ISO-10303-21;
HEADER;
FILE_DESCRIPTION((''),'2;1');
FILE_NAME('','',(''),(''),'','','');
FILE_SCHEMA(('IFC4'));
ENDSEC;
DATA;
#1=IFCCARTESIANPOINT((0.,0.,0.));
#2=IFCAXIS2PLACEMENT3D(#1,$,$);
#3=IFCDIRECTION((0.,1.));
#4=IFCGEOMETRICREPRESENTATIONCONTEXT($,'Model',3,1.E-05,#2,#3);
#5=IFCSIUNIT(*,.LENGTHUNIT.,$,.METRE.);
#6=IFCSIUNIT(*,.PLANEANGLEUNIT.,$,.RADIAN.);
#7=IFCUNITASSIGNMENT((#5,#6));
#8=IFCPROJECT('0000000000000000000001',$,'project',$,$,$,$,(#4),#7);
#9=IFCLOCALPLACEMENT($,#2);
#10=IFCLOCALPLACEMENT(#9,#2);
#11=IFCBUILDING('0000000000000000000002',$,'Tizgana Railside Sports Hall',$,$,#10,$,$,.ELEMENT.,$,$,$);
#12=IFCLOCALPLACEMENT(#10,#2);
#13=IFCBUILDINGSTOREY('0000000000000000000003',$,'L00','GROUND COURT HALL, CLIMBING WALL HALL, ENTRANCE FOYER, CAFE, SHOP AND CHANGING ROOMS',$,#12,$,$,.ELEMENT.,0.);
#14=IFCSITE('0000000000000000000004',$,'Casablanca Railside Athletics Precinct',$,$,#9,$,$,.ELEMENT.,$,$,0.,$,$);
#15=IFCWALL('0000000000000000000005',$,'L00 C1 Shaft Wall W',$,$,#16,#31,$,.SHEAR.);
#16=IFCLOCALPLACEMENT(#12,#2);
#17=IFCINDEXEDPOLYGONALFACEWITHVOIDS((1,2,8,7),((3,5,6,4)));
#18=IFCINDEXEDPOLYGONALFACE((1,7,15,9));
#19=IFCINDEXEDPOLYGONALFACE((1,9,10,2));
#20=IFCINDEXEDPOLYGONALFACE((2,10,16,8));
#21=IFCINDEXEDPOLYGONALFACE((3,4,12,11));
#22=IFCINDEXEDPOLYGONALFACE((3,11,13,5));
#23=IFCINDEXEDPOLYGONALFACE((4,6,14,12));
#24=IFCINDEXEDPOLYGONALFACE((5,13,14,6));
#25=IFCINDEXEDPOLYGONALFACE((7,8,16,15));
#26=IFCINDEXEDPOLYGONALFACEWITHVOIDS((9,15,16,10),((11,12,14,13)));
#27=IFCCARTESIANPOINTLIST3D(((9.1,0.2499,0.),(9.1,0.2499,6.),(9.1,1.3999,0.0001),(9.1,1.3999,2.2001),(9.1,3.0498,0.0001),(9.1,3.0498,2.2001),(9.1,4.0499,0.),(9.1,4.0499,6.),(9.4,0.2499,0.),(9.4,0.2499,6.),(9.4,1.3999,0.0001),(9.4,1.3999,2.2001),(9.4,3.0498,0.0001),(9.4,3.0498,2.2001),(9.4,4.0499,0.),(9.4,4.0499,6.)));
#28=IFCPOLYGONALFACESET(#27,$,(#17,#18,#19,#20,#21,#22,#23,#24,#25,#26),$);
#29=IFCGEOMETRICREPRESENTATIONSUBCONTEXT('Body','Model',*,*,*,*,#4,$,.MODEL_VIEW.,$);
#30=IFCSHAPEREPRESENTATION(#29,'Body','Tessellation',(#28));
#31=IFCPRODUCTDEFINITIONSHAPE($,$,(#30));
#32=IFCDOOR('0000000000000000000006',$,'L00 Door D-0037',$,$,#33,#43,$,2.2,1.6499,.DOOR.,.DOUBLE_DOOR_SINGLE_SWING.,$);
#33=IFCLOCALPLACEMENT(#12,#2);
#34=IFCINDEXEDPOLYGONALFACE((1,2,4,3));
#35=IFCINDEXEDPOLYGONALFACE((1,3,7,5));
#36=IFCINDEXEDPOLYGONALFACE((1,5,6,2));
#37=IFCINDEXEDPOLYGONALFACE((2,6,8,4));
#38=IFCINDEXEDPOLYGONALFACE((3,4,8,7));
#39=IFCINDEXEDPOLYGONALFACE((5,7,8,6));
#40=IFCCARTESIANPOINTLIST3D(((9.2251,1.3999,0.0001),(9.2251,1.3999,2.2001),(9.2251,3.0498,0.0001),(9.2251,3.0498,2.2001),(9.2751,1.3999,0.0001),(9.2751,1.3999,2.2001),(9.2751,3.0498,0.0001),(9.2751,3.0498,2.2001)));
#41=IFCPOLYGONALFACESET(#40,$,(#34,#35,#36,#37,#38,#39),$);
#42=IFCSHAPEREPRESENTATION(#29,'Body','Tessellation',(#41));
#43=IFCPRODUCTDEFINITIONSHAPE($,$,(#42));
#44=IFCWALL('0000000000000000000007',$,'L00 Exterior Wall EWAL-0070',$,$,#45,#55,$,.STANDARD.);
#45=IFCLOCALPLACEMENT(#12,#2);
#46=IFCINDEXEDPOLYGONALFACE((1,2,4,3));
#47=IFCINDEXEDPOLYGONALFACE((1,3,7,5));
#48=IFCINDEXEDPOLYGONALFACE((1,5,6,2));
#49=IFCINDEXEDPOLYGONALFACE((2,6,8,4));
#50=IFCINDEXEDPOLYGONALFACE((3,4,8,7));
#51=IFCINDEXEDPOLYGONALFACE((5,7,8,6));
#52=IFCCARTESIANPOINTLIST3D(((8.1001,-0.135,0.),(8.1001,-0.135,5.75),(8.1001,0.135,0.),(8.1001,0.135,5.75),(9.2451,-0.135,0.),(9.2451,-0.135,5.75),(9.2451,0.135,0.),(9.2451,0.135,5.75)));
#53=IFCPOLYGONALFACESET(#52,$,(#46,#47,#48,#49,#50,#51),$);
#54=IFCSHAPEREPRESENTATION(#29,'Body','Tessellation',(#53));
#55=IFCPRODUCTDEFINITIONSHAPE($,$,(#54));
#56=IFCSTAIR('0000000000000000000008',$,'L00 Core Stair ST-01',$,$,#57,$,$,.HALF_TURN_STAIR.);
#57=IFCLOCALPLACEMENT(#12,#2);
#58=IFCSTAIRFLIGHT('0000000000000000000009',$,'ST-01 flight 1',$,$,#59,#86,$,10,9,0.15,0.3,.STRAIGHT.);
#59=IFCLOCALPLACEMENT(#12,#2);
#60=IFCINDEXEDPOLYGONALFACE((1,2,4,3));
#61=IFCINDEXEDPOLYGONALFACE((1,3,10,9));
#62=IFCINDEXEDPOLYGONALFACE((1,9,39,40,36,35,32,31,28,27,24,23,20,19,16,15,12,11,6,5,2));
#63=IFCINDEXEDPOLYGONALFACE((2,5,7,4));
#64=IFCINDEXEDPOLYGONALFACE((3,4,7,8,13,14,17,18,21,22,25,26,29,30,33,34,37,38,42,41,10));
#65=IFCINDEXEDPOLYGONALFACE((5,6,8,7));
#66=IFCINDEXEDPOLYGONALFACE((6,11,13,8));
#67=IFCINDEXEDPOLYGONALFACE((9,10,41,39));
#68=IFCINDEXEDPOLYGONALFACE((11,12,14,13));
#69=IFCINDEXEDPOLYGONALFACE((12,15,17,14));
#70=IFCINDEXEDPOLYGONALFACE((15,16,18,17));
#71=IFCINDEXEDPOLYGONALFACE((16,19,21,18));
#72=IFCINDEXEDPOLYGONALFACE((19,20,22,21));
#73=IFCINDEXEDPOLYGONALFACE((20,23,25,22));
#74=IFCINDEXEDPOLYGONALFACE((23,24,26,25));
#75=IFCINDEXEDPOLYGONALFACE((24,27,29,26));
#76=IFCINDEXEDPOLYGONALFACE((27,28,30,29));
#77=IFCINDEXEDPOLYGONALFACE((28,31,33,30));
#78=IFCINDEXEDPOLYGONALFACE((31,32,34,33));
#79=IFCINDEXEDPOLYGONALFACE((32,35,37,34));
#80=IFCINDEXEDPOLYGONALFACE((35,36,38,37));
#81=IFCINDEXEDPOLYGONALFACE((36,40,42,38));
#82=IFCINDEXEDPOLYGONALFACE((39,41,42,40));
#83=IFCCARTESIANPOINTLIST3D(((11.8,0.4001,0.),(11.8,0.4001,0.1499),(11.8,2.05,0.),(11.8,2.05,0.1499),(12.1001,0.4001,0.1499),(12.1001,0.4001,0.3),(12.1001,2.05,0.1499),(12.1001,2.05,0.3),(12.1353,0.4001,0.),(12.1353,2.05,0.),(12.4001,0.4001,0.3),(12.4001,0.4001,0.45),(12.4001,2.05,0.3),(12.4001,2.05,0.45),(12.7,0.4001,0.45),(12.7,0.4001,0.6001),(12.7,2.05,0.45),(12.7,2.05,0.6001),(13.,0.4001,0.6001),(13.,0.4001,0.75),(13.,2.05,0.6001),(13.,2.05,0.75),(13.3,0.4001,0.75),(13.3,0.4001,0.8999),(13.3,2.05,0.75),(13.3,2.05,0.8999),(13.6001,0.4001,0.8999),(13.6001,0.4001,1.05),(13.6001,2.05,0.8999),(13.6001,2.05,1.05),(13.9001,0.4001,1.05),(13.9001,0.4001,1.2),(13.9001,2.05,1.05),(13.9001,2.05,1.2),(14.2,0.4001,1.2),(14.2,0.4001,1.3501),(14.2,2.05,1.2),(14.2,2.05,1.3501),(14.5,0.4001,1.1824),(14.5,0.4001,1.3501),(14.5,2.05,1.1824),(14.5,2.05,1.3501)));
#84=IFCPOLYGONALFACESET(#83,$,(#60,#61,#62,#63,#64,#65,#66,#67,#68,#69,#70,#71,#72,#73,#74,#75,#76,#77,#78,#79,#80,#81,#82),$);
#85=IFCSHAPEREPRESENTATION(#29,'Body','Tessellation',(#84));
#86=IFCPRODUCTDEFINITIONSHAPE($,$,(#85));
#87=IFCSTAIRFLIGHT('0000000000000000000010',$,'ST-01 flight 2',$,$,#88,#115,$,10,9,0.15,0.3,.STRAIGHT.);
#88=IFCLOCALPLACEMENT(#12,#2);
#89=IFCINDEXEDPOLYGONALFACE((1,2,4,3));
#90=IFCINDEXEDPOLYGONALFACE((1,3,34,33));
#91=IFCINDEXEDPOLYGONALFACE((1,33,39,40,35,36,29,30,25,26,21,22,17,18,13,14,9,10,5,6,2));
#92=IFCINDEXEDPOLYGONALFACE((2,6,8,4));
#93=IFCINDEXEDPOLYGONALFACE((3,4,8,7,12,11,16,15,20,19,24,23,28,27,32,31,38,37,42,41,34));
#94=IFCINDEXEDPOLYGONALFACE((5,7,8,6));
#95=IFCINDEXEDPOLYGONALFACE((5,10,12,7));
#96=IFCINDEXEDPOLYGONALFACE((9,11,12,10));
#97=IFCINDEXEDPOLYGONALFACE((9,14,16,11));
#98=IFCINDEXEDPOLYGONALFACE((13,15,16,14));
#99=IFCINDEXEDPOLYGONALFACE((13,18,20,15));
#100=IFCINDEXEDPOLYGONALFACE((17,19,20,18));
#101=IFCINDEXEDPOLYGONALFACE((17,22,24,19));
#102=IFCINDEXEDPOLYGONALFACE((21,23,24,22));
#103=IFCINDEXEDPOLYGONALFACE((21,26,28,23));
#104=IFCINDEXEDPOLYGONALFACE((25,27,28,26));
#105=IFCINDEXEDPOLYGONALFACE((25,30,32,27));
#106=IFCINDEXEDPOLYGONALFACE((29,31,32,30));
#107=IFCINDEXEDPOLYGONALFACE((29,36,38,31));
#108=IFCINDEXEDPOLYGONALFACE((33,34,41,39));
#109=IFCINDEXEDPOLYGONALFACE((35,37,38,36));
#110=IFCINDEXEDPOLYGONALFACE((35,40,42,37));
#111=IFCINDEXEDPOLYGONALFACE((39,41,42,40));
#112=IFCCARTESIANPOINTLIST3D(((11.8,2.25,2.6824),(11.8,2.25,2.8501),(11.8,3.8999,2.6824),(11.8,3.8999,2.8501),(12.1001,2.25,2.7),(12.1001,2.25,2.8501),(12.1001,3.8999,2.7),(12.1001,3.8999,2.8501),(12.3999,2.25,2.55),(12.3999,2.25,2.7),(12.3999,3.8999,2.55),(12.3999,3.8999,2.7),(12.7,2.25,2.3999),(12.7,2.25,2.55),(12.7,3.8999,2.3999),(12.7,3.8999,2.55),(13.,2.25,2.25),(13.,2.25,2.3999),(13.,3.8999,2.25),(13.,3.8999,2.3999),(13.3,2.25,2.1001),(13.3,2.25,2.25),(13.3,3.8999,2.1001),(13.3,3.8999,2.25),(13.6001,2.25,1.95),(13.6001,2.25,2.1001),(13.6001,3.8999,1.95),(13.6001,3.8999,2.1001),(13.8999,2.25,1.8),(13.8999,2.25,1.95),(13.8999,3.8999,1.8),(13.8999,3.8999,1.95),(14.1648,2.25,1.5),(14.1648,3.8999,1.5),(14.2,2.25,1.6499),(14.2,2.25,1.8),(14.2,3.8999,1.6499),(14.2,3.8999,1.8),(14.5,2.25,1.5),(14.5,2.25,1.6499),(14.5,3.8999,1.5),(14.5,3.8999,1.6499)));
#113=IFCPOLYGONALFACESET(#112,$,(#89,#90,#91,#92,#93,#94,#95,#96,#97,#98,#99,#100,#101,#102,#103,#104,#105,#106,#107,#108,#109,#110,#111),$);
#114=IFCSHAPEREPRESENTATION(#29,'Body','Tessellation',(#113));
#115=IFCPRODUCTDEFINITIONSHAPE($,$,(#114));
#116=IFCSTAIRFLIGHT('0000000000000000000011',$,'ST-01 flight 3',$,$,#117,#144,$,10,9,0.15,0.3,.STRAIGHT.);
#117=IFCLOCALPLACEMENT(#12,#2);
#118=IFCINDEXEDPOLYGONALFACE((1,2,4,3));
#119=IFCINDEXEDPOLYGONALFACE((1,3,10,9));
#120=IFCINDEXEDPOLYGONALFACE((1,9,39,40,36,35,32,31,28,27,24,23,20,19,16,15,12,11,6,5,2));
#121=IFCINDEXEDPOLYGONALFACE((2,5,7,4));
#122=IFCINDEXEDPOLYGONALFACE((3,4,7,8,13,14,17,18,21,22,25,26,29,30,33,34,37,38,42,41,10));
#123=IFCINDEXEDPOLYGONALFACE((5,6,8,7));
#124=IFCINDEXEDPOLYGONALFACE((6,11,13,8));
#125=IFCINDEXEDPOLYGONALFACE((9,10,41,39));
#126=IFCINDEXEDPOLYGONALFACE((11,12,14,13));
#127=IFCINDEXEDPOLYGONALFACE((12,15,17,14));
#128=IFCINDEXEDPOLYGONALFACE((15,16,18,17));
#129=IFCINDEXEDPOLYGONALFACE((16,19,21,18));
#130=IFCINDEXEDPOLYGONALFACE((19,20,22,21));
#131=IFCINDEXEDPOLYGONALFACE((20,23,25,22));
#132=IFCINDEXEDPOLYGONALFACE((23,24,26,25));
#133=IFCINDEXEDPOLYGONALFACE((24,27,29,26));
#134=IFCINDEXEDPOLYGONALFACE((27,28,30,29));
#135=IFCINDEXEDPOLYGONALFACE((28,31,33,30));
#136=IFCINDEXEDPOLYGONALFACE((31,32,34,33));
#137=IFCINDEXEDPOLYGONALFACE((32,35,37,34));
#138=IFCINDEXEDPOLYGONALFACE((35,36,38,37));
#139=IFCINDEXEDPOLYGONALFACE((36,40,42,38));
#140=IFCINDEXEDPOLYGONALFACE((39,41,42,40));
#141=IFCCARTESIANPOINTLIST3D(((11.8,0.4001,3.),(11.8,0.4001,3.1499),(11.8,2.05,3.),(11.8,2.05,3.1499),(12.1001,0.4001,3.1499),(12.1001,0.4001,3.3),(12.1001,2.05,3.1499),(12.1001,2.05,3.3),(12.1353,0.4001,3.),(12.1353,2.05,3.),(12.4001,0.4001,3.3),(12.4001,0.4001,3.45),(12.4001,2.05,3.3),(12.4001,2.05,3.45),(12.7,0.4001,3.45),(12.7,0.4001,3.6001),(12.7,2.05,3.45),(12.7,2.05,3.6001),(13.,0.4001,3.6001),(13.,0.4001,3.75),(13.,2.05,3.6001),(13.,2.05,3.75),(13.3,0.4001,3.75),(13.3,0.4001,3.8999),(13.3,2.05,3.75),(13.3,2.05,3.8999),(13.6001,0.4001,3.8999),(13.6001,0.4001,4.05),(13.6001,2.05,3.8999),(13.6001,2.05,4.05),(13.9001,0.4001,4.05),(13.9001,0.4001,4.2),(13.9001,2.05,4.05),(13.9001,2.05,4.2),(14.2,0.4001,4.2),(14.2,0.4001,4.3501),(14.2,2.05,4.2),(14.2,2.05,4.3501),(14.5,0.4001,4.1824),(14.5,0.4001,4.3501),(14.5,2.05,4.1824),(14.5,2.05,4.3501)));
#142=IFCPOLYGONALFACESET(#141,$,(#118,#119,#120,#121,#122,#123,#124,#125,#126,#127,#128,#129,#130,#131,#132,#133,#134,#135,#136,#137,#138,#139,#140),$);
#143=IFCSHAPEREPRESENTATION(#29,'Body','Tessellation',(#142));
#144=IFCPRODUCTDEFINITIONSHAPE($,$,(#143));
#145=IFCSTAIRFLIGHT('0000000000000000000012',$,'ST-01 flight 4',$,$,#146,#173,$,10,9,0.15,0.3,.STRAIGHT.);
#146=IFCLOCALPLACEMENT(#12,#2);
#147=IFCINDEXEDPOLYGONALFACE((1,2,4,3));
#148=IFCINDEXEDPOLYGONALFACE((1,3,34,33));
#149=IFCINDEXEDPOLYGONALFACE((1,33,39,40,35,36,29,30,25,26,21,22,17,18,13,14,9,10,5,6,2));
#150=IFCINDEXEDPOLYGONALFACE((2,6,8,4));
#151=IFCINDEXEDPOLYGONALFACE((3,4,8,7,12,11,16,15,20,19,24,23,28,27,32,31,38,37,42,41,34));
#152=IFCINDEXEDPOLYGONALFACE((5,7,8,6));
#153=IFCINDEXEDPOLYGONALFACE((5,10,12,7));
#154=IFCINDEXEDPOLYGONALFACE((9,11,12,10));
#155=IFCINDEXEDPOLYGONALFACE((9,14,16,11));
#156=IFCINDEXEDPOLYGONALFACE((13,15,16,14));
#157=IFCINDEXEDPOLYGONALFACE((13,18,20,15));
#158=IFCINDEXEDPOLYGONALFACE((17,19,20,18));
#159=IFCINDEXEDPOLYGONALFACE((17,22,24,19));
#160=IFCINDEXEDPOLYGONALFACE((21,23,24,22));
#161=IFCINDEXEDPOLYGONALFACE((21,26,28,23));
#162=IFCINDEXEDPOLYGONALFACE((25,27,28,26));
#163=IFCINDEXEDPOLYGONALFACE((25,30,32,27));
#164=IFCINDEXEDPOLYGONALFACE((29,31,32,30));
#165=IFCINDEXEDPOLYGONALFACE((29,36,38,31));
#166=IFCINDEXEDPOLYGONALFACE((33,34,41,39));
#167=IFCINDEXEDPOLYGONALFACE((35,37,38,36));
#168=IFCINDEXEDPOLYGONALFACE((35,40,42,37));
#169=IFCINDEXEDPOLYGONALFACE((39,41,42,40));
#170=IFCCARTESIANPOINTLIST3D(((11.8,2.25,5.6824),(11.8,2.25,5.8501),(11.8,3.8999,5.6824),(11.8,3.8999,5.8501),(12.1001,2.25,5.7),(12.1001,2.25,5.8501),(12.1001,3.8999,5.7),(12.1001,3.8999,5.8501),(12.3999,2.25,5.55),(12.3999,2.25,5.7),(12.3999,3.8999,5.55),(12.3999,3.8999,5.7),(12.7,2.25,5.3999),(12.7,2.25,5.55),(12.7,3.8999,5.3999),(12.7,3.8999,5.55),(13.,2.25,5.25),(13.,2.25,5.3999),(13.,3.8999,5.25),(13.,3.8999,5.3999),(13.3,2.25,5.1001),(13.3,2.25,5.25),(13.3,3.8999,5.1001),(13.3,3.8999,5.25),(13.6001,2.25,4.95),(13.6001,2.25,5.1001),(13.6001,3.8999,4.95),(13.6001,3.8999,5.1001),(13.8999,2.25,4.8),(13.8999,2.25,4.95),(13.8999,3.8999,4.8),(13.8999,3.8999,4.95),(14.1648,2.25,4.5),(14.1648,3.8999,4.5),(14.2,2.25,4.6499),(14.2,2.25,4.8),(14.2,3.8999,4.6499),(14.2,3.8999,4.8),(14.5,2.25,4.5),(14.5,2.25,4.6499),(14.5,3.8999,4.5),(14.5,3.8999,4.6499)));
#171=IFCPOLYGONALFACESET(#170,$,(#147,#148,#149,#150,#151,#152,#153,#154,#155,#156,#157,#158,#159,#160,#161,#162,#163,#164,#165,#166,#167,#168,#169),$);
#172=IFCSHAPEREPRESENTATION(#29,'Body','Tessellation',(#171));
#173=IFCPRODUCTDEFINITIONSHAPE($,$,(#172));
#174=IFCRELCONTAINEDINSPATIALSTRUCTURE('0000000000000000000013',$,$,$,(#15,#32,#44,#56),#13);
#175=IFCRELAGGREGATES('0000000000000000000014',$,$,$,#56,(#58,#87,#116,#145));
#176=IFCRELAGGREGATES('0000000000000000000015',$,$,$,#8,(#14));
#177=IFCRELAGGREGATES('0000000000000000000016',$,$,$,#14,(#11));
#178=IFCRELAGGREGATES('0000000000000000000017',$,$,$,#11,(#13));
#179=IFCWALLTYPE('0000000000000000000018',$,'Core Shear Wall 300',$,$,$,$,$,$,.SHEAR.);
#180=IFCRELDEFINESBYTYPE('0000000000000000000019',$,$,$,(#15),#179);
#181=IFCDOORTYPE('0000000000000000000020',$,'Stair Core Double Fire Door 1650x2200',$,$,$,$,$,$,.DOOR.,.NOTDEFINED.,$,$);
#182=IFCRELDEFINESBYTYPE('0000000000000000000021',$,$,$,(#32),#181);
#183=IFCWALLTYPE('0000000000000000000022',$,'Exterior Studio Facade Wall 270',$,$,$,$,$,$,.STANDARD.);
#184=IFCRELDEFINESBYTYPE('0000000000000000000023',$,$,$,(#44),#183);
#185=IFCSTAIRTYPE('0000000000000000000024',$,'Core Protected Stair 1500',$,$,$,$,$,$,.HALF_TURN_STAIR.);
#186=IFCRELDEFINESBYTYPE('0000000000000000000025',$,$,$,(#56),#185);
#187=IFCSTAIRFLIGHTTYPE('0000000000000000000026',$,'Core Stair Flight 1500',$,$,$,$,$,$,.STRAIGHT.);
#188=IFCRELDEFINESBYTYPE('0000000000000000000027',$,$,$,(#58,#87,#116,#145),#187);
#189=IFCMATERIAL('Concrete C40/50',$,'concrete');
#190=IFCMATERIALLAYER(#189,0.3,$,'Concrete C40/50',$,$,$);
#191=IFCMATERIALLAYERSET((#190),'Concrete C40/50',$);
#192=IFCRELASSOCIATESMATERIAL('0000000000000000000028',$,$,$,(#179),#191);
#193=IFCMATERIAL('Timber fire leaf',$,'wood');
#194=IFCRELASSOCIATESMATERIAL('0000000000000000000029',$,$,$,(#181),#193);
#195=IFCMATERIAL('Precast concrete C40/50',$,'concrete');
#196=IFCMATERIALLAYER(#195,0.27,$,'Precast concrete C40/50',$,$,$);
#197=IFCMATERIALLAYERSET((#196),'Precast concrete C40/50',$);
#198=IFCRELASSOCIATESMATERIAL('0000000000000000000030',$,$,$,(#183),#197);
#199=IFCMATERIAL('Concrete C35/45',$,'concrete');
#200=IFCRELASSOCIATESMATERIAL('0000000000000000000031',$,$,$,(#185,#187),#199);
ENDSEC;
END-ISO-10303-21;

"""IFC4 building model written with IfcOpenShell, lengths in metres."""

from ifc_helpers import new_model, si_unit, direction, frame, frame_2d, origin, place, context, subcontext, project, spatial, polyline, rectangle, outline, extrude, material, layer, layer_set, type_object, element, fill, aggregate, save


model = new_model("IFC4")

# Units and contexts
model_context = context("Model", 3, precision=1e-05, world=origin(), true_north=direction((0.0, 1.0)))
body_context = subcontext(model_context, "Body", "Model", "MODEL_VIEW")
ifc_project = project(units=[si_unit("LENGTHUNIT", "METRE"), si_unit("PLANEANGLEUNIT", "RADIAN")], contexts=[model_context])

# Site, building, storey
site_placement = place(None, origin())
site = spatial("IfcSite", under=ifc_project, at=site_placement, Name="Casablanca Railside Athletics Precinct", CompositionType="ELEMENT", RefElevation=0.0)
building_placement = place(site_placement, origin())
building = spatial("IfcBuilding", under=site, at=building_placement, Name="Tizgana Railside Sports Hall", CompositionType="ELEMENT")
storey_placement = place(building_placement, origin())
storey = spatial("IfcBuildingStorey", under=building, at=storey_placement, Name="L00", Description="GROUND COURT HALL, CLIMBING WALL HALL, ENTRANCE FOYER, CAFE, SHOP AND CHANGING ROOMS", CompositionType="ELEMENT", Elevation=0.0)

# Shared definitions
ifc_material_1 = material(Name="Concrete C40/50", Category="concrete")

# Shared definitions
ifc_material_2 = material(Name="Concrete C35/45", Category="concrete")

# Shared definitions
ifc_layer_1 = layer(ifc_material_1, 0.3, Name="Concrete C40/50")
ifc_layer_set_1 = layer_set([ifc_layer_1], Name="Concrete C40/50")
wall_type_1 = type_object("IfcWallType", Name="Core Shear Wall 300", PredefinedType="SHEAR", material=ifc_layer_set_1)

# Wall, opening, door
wall_1_placement = place(storey_placement, frame((9.25, 0.25, 0.0), z_axis=(0.0, 0.0, 1.0), x_axis=(0.0, 1.0, 0.0)))
wall_1 = element("IfcWall", 1, at=wall_1_placement, inside=storey, type_object=wall_type_1, Name="L00 C1 Shaft Wall W", PredefinedType="SHEAR", context=body_context, shape_type="SweptSolid", body=[
    extrude(rectangle(XDim=3.8, YDim=0.3, at=frame_2d((1.8999, 0.0))), origin(), (0.0, 0.0, 1.0), 6.0),
])
opening_placement = place(wall_1_placement, frame((1.1499, 0.0, 0.0)))
opening = element("IfcOpeningElement", 2, at=opening_placement, cuts=wall_1, PredefinedType="OPENING", context=body_context, shape_type="SweptSolid", body=[
    extrude(rectangle(XDim=1.6499, YDim=2.2, at=frame_2d((0.825, 1.1001))), frame((0.0, 0.1599, 0.0), z_axis=(0.0, -1.0, 0.0), x_axis=(1.0, 0.0, 0.0)), (0.0, 0.0, 1.0), 0.3201),
])
ifc_material_3 = material(Name="Timber fire leaf", Category="wood")
door_type = type_object("IfcDoorType", Name="Stair Core Double Fire Door 1650x2200", OperationType="NOTDEFINED", PredefinedType="DOOR", material=ifc_material_3)
door_placement = place(opening_placement, origin())
door = element("IfcDoor", 3, at=door_placement, inside=storey, type_object=door_type, Name="L00 Door D-0037", OperationType="DOUBLE_DOOR_SINGLE_SWING", OverallHeight=2.2, OverallWidth=1.6499, PredefinedType="DOOR", context=body_context, shape_type="SweptSolid", body=[
    extrude(rectangle(XDim=1.6499, YDim=2.2, at=frame_2d((0.825, 1.1001))), frame((0.0, 0.0249, 0.0), z_axis=(0.0, -1.0, 0.0), x_axis=(1.0, 0.0, 0.0)), (0.0, 0.0, 1.0), 0.05),
])
fill(opening, door)

# Wall
ifc_material_4 = material(Name="Precast concrete C40/50", Category="concrete")
ifc_layer_2 = layer(ifc_material_4, 0.27, Name="Precast concrete C40/50")
ifc_layer_set_2 = layer_set([ifc_layer_2], Name="Precast concrete C40/50")
wall_type_2 = type_object("IfcWallType", Name="Exterior Studio Facade Wall 270", PredefinedType="STANDARD", material=ifc_layer_set_2)
wall_2_placement = place(storey_placement, frame((9.2451, 0.0, 0.0), z_axis=(0.0, 0.0, 1.0), x_axis=(-1.0, 0.0, 0.0)))
element("IfcWall", 4, at=wall_2_placement, inside=storey, type_object=wall_type_2, Name="L00 Exterior Wall EWAL-0070", PredefinedType="STANDARD", context=body_context, shape_type="SweptSolid", body=[
    extrude(rectangle(XDim=1.145, YDim=0.27, at=frame_2d((0.5725, 0.0))), origin(), (0.0, 0.0, 1.0), 5.75),
])

# Stair, stair flights
stair_type = type_object("IfcStairType", Name="Core Protected Stair 1500", PredefinedType="HALF_TURN_STAIR", material=ifc_material_2)
stair_placement = place(storey_placement, origin())
stair = element("IfcStair", 5, at=stair_placement, inside=storey, type_object=stair_type, Name="L00 Core Stair ST-01", PredefinedType="HALF_TURN_STAIR")
stair_flight_type = type_object("IfcStairFlightType", Name="Core Stair Flight 1500", PredefinedType="STRAIGHT", material=ifc_material_2)
stair_flight_1_placement = place(storey_placement, frame((11.8, 1.2251, 0.0), z_axis=(0.0, 0.0, 1.0), x_axis=(1.0, 0.0, 0.0)))
stair_flight_1 = element("IfcStairFlight", 6, at=stair_flight_1_placement, type_object=stair_flight_type, Name="ST-01 flight 1", NumberOfRisers=10, NumberOfTreads=9, PredefinedType="STRAIGHT", RiserHeight=0.15, TreadLength=0.3, context=body_context, shape_type="SweptSolid", body=[
    extrude(outline(polyline([(0.0, 0.0), (0.0, 0.1499), (0.3, 0.1499), (0.3, 0.3), (0.6001, 0.3), (0.6001, 0.45), (0.8999, 0.45), (0.8999, 0.6001), (1.2, 0.6001), (1.2, 0.75), (1.5, 0.75), (1.5, 0.8999), (1.8, 0.8999), (1.8, 1.05), (2.1001, 1.05), (2.1001, 1.2), (2.3999, 1.2), (2.3999, 1.3501), (2.7, 1.3501), (2.7, 1.5), (2.7, 1.1824), (0.3352, 0.0), (0.0, 0.0)])), frame((0.0, 0.825, 0.0), z_axis=(0.0, -1.0, 0.0), x_axis=(1.0, 0.0, 0.0)), (0.0, 0.0, 1.0), 1.6499),
])
stair_flight_2_placement = place(storey_placement, frame((14.5, 3.075, 1.5), z_axis=(0.0, 0.0, 1.0), x_axis=(-1.0, 0.0, 0.0)))
stair_flight_2 = element("IfcStairFlight", 7, at=stair_flight_2_placement, type_object=stair_flight_type, Name="ST-01 flight 2", NumberOfRisers=10, NumberOfTreads=9, PredefinedType="STRAIGHT", RiserHeight=0.15, TreadLength=0.3, context=body_context, shape_type="SweptSolid", body=[
    extrude(outline(polyline([(0.0, 0.0), (0.0, 0.1499), (0.3, 0.1499), (0.3, 0.3), (0.6001, 0.3), (0.6001, 0.45), (0.8999, 0.45), (0.8999, 0.6001), (1.2, 0.6001), (1.2, 0.75), (1.5, 0.75), (1.5, 0.8999), (1.8, 0.8999), (1.8, 1.05), (2.1001, 1.05), (2.1001, 1.2), (2.3999, 1.2), (2.3999, 1.3501), (2.7, 1.3501), (2.7, 1.5), (2.7, 1.1824), (0.3352, 0.0), (0.0, 0.0)])), frame((0.0, 0.825, 0.0), z_axis=(0.0, -1.0, 0.0), x_axis=(1.0, 0.0, 0.0)), (0.0, 0.0, 1.0), 1.6499),
])
stair_flight_3_placement = place(storey_placement, frame((11.8, 1.2251, 3.0), z_axis=(0.0, 0.0, 1.0), x_axis=(1.0, 0.0, 0.0)))
stair_flight_3 = element("IfcStairFlight", 8, at=stair_flight_3_placement, type_object=stair_flight_type, Name="ST-01 flight 3", NumberOfRisers=10, NumberOfTreads=9, PredefinedType="STRAIGHT", RiserHeight=0.15, TreadLength=0.3, context=body_context, shape_type="SweptSolid", body=[
    extrude(outline(polyline([(0.0, 0.0), (0.0, 0.1499), (0.3, 0.1499), (0.3, 0.3), (0.6001, 0.3), (0.6001, 0.45), (0.8999, 0.45), (0.8999, 0.6001), (1.2, 0.6001), (1.2, 0.75), (1.5, 0.75), (1.5, 0.8999), (1.8, 0.8999), (1.8, 1.05), (2.1001, 1.05), (2.1001, 1.2), (2.3999, 1.2), (2.3999, 1.3501), (2.7, 1.3501), (2.7, 1.5), (2.7, 1.1824), (0.3352, 0.0), (0.0, 0.0)])), frame((0.0, 0.825, 0.0), z_axis=(0.0, -1.0, 0.0), x_axis=(1.0, 0.0, 0.0)), (0.0, 0.0, 1.0), 1.6499),
])
stair_flight_4_placement = place(storey_placement, frame((14.5, 3.075, 4.5), z_axis=(0.0, 0.0, 1.0), x_axis=(-1.0, 0.0, 0.0)))
stair_flight_4 = element("IfcStairFlight", 9, at=stair_flight_4_placement, type_object=stair_flight_type, Name="ST-01 flight 4", NumberOfRisers=10, NumberOfTreads=9, PredefinedType="STRAIGHT", RiserHeight=0.15, TreadLength=0.3, context=body_context, shape_type="SweptSolid", body=[
    extrude(outline(polyline([(0.0, 0.0), (0.0, 0.1499), (0.3, 0.1499), (0.3, 0.3), (0.6001, 0.3), (0.6001, 0.45), (0.8999, 0.45), (0.8999, 0.6001), (1.2, 0.6001), (1.2, 0.75), (1.5, 0.75), (1.5, 0.8999), (1.8, 0.8999), (1.8, 1.05), (2.1001, 1.05), (2.1001, 1.2), (2.3999, 1.2), (2.3999, 1.3501), (2.7, 1.3501), (2.7, 1.5), (2.7, 1.1824), (0.3352, 0.0), (0.0, 0.0)])), frame((0.0, 0.825, 0.0), z_axis=(0.0, -1.0, 0.0), x_axis=(1.0, 0.0, 0.0)), (0.0, 0.0, 1.0), 1.6499),
])
aggregate(stair, [stair_flight_1, stair_flight_2, stair_flight_3, stair_flight_4])

save(model, "model.ifc")
